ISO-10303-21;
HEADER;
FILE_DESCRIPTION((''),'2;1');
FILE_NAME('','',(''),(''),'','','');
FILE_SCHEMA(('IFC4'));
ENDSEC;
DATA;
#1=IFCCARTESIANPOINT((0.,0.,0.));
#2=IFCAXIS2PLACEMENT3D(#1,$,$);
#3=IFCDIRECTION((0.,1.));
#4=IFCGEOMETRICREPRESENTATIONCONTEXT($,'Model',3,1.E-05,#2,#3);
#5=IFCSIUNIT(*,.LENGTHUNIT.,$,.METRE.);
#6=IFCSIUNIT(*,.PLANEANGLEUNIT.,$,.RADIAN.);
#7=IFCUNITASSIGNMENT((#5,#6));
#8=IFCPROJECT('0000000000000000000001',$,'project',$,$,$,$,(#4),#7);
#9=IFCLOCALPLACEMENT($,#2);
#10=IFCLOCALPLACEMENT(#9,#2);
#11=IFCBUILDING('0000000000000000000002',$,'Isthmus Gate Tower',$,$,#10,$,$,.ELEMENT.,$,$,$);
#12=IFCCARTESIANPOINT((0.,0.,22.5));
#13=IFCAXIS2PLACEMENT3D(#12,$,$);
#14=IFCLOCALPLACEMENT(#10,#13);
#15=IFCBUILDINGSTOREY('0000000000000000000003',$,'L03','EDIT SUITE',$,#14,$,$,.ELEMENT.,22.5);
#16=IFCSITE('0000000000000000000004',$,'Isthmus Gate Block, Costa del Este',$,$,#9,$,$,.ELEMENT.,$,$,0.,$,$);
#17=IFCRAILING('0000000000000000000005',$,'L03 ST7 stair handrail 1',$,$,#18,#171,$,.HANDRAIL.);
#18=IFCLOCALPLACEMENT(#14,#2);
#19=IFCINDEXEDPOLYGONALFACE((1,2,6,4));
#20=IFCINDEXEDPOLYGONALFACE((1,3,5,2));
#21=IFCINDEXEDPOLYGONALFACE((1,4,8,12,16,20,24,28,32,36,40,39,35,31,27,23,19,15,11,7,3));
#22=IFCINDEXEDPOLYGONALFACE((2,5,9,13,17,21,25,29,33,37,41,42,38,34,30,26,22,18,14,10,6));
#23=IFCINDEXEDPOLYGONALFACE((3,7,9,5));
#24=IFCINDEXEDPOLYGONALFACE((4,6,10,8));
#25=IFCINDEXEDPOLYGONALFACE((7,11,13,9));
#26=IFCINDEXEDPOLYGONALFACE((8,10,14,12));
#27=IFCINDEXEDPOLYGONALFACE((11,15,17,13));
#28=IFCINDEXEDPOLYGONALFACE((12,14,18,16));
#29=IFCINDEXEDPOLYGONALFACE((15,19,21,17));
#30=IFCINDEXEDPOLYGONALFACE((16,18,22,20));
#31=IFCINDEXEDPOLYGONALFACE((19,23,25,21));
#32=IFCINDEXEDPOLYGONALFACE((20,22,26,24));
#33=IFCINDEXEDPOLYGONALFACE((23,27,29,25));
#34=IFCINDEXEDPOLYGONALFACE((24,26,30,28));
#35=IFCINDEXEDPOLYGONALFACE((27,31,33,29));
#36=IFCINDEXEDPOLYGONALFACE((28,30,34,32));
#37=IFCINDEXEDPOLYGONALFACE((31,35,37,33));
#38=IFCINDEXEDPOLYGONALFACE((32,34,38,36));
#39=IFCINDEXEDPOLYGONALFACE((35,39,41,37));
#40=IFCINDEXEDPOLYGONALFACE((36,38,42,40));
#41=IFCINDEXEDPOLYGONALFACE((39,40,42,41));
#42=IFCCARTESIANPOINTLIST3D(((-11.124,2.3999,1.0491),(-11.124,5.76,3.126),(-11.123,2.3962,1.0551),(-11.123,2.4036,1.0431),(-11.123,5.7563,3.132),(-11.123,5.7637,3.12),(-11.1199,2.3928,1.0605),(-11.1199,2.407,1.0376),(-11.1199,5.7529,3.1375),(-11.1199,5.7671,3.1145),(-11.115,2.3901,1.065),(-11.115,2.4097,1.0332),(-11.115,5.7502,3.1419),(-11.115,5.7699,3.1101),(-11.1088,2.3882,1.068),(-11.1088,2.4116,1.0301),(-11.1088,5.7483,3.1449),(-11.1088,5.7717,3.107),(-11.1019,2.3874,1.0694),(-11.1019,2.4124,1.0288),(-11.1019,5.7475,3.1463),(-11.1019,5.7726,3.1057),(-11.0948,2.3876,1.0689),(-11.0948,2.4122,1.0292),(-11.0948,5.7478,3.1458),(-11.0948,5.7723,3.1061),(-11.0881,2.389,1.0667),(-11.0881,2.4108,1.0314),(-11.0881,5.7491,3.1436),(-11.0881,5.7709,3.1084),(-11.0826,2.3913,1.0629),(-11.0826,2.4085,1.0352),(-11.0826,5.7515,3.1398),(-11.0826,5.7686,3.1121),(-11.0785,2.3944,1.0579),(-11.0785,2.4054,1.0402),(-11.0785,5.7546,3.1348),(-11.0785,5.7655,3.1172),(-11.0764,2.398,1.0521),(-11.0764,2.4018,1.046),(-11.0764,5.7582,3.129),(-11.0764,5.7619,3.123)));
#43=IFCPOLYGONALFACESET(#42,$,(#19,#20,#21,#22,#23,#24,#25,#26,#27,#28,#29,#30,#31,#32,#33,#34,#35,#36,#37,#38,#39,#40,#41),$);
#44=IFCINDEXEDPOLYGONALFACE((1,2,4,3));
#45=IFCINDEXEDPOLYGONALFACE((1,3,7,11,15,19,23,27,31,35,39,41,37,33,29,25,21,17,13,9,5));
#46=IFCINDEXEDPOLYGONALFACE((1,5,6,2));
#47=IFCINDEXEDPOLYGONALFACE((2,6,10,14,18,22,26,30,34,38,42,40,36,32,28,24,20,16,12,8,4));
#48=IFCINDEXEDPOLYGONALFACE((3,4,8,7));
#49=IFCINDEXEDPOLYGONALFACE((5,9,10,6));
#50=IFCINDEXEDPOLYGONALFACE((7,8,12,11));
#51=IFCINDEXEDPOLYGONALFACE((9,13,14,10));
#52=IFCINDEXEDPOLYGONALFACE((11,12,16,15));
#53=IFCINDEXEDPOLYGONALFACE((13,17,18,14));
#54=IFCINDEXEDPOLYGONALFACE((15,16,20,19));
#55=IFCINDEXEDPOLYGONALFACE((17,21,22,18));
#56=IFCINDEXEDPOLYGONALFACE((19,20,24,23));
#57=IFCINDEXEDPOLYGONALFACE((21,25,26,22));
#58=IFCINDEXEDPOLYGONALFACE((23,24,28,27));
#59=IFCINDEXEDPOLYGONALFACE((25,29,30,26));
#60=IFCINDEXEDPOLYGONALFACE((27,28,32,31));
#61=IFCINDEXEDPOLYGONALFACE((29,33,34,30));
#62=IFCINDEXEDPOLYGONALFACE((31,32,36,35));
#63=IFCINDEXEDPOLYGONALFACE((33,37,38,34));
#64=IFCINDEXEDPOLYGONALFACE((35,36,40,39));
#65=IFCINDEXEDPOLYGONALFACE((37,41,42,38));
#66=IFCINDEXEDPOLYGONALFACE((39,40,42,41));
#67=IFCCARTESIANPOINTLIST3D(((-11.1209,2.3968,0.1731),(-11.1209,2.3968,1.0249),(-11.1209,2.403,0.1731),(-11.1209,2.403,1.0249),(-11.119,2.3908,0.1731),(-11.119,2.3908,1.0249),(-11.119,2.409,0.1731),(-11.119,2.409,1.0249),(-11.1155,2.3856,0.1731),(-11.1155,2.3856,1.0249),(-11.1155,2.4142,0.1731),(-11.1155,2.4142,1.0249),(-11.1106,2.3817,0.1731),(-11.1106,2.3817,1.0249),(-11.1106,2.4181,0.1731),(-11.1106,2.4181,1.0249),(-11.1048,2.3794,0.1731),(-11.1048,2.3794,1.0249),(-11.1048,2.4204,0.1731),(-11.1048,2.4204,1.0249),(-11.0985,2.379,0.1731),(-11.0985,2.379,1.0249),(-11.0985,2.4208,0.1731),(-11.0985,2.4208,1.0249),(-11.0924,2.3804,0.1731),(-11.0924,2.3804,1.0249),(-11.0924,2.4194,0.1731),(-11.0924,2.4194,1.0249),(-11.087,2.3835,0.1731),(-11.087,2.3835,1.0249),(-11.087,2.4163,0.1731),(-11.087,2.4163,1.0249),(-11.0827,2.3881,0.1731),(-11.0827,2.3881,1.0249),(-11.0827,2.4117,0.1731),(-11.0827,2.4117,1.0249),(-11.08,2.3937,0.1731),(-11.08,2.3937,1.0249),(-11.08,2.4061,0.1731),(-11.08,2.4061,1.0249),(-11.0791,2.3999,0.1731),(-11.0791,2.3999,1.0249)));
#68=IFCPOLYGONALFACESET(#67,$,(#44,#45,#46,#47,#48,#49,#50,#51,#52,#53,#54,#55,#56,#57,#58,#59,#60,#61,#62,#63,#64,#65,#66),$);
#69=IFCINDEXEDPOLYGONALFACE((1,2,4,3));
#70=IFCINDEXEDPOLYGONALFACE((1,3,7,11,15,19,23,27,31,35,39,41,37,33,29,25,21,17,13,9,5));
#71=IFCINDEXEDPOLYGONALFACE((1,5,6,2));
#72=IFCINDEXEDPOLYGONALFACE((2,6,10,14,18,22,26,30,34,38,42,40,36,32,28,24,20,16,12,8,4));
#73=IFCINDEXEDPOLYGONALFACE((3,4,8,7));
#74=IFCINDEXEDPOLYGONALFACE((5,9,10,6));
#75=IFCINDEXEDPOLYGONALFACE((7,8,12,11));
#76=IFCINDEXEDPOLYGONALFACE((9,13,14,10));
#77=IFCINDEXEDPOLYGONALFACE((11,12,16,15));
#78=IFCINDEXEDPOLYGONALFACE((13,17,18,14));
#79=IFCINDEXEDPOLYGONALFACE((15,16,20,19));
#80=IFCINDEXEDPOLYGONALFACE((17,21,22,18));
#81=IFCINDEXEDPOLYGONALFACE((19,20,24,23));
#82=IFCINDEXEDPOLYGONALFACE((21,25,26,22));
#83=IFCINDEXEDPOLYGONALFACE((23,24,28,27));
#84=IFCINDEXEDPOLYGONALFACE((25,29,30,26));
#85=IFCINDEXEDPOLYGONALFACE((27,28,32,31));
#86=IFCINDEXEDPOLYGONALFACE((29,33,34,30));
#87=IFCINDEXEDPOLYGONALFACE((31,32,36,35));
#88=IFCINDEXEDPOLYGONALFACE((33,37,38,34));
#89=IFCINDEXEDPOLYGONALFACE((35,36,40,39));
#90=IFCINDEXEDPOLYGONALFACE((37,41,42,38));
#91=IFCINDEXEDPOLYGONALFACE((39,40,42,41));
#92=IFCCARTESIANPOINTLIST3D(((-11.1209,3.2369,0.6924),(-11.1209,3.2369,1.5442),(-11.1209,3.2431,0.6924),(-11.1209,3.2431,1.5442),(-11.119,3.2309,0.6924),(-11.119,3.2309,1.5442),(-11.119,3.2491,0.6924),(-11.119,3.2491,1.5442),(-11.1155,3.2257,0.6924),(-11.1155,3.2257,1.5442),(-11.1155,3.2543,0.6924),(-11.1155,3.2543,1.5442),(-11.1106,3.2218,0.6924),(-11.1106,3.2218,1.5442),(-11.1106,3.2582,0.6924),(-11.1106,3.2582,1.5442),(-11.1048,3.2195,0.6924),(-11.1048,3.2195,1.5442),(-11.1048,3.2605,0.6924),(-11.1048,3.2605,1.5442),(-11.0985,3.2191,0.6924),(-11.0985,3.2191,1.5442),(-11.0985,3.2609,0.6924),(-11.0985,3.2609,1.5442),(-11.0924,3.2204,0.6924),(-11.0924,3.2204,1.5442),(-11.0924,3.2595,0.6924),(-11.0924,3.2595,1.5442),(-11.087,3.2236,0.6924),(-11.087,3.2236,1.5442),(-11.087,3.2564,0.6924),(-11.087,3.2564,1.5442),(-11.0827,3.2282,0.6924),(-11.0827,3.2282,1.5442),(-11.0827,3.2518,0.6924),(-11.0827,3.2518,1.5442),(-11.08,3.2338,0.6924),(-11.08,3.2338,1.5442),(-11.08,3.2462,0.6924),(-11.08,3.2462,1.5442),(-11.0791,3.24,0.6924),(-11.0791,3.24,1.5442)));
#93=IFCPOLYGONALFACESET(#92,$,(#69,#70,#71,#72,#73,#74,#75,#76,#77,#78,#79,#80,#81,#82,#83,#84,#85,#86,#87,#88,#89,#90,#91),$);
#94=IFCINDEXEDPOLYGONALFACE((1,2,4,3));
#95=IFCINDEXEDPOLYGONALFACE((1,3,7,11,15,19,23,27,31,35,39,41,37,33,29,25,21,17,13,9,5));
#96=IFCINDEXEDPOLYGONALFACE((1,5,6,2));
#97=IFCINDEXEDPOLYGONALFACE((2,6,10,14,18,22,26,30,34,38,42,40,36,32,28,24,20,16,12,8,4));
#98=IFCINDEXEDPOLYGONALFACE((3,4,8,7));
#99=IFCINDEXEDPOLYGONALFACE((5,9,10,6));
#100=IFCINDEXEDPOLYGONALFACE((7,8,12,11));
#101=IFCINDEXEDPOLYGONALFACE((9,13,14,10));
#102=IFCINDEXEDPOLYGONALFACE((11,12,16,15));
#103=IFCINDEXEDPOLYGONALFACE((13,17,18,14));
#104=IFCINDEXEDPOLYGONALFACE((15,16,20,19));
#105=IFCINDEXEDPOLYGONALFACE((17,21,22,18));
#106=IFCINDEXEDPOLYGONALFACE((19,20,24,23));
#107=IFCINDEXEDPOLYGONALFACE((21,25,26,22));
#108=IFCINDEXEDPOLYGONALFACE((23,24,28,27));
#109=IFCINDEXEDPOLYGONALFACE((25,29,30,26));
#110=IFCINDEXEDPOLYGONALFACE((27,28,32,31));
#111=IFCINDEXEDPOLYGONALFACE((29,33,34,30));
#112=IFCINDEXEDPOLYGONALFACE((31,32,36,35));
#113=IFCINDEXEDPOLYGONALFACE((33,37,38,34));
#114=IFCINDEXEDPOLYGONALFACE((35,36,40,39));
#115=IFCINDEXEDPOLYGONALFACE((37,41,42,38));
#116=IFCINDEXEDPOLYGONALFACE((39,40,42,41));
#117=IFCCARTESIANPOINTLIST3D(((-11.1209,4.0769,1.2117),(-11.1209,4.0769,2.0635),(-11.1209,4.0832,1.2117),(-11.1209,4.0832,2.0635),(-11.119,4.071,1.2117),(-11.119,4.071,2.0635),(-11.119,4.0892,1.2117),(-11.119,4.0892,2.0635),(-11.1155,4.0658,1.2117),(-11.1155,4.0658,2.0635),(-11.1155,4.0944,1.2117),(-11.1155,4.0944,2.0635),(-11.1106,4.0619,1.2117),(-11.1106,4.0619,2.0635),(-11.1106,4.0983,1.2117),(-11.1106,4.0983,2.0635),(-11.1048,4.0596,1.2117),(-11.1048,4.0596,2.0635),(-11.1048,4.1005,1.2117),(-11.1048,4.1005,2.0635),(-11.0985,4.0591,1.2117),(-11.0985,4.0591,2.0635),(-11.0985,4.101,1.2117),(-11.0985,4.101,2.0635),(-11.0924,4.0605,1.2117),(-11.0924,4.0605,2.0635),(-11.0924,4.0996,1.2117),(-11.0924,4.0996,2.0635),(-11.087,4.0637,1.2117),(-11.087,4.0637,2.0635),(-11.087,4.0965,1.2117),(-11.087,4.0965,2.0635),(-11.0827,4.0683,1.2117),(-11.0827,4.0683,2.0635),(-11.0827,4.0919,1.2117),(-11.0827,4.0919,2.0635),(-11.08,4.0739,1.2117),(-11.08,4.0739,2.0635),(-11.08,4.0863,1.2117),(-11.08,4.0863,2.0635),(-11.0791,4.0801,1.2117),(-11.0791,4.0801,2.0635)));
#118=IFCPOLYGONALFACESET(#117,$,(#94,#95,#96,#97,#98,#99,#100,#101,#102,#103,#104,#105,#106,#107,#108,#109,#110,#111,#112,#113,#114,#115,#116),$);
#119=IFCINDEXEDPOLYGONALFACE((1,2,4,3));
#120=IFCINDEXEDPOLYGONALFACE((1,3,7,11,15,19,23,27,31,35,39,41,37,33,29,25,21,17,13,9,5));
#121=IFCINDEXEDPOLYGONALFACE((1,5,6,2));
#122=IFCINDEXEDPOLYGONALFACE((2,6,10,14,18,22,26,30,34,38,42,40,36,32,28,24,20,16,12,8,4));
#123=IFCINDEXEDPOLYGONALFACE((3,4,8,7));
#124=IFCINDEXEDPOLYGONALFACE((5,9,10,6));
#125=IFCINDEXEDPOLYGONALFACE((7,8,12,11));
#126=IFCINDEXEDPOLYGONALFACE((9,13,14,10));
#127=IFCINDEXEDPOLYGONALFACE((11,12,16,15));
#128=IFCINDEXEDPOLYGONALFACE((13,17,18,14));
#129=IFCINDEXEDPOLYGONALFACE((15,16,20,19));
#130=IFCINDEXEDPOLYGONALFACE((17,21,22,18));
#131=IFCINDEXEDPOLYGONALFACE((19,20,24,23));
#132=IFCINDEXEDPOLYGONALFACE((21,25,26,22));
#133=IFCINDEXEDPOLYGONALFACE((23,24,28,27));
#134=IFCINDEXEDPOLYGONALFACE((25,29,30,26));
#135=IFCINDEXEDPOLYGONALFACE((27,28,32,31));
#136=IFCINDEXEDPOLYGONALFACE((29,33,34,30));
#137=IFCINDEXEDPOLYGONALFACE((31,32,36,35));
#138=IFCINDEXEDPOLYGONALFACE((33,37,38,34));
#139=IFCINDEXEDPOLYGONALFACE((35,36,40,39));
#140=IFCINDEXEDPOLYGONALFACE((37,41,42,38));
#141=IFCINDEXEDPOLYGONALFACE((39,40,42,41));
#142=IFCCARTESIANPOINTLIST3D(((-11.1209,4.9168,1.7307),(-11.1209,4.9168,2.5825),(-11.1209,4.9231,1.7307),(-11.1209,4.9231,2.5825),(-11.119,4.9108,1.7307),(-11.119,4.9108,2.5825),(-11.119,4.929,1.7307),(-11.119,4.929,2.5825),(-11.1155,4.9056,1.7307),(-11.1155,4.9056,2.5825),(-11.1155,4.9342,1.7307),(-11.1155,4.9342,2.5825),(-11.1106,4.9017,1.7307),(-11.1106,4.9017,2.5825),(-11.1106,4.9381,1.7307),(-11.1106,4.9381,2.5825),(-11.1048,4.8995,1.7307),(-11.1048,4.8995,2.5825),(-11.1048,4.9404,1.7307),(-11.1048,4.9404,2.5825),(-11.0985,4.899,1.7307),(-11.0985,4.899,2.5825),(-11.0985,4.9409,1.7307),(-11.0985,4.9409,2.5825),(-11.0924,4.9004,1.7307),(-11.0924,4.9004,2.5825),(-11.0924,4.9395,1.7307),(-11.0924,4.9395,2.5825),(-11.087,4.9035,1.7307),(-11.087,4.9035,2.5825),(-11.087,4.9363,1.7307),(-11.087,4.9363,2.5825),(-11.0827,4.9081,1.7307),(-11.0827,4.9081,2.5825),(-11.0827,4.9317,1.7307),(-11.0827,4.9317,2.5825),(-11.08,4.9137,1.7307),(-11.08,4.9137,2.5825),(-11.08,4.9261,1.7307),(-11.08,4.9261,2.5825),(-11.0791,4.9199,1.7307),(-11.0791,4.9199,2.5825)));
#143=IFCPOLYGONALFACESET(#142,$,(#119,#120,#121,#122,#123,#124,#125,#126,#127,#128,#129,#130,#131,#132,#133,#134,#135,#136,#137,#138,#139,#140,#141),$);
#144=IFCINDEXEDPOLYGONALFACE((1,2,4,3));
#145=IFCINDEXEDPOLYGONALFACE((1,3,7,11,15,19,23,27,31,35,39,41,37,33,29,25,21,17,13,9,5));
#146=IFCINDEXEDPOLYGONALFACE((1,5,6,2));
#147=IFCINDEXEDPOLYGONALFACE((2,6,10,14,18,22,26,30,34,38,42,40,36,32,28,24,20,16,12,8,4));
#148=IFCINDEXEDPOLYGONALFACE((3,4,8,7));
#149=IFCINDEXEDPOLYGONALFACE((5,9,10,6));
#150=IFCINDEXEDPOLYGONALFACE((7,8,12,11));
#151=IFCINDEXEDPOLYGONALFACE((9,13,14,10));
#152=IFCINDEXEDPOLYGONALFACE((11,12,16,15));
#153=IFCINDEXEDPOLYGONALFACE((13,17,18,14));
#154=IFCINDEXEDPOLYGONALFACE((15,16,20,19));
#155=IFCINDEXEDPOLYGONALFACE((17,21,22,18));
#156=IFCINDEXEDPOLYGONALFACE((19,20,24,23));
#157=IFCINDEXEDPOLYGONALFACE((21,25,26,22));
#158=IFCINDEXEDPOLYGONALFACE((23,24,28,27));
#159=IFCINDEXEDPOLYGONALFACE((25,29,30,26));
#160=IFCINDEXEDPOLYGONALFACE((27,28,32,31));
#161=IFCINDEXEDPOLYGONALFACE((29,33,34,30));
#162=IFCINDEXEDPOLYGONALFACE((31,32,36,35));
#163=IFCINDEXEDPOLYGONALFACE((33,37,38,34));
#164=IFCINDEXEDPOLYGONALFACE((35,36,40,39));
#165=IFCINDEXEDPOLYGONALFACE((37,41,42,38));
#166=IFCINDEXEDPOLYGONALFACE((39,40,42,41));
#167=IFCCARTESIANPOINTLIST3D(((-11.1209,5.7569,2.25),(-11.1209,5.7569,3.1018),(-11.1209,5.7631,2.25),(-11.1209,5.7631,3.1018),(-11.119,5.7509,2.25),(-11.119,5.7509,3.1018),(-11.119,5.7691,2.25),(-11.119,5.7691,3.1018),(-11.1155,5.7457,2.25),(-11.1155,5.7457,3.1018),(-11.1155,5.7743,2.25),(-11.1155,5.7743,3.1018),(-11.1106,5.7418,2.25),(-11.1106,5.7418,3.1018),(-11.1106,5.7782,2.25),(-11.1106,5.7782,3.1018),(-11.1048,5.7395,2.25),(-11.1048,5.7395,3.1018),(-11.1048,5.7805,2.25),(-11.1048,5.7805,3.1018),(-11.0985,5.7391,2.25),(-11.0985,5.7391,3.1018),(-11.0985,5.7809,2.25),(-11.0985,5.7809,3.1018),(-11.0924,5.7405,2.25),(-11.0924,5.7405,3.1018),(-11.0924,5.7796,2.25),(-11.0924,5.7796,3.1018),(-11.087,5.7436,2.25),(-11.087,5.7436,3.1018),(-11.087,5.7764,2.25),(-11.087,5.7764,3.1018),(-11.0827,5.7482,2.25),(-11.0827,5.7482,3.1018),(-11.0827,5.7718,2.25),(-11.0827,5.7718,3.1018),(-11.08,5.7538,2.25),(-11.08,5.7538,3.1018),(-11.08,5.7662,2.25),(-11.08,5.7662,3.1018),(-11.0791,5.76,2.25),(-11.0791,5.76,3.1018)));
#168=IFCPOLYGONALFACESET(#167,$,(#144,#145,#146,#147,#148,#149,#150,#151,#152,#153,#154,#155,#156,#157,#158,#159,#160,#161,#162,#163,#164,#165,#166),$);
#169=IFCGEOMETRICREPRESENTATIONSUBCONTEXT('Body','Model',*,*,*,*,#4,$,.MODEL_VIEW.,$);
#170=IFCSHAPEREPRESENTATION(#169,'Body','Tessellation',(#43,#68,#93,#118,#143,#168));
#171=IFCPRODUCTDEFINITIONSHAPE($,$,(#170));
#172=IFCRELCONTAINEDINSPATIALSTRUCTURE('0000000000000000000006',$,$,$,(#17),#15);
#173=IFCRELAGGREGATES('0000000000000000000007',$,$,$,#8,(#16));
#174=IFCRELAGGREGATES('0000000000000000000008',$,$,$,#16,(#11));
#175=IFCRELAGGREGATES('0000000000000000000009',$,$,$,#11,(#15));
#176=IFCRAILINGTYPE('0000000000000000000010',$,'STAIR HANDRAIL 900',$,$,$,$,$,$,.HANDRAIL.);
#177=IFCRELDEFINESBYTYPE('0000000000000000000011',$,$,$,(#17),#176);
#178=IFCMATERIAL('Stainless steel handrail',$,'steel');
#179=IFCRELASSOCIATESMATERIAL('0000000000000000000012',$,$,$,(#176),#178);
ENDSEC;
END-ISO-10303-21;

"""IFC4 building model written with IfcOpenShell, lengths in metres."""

from ifc_helpers import new_model, si_unit, direction, frame, origin, origin_2d, place, context, subcontext, project, spatial, circle, extrude, material, type_object, element, save


model = new_model("IFC4")

# Units and contexts
model_context = context("Model", 3, precision=1e-05, world=origin(), true_north=direction((0.0, 1.0)))
body_context = subcontext(model_context, "Body", "Model", "MODEL_VIEW")
ifc_project = project(units=[si_unit("LENGTHUNIT", "METRE"), si_unit("PLANEANGLEUNIT", "RADIAN")], contexts=[model_context])

# Site, building, storey
site_placement = place(None, origin())
site = spatial("IfcSite", under=ifc_project, at=site_placement, Name="Isthmus Gate Block, Costa del Este", CompositionType="ELEMENT", RefElevation=0.0)
building_placement = place(site_placement, origin())
building = spatial("IfcBuilding", under=site, at=building_placement, Name="Isthmus Gate Tower", CompositionType="ELEMENT")
storey_placement = place(building_placement, frame((0.0, 0.0, 22.5)))
storey = spatial("IfcBuildingStorey", under=building, at=storey_placement, Name="L03", Description="EDIT SUITE", CompositionType="ELEMENT", Elevation=22.5)

# Railing
ifc_material_1 = material(Name="Stainless steel handrail", Category="steel")
railing_type_1 = type_object("IfcRailingType", Name="STAIR HANDRAIL 900", PredefinedType="HANDRAIL", material=ifc_material_1)
railing_1_placement = place(storey_placement, frame((-11.1001, 2.3999, 0.1731)))
element("IfcRailing", 1, at=railing_1_placement, inside=storey, type_object=railing_type_1, Name="L03 ST7 stair handrail 1", PredefinedType="HANDRAIL", context=body_context, shape_type="SweptSolid", body=[
    extrude(circle(Radius=0.0239, at=origin_2d()), frame((0.0, 0.0, 0.876), z_axis=(0.0, 0.850623, 0.525776), x_axis=(-1.0, 0.0, 0.0)), (0.0, 0.0, 1.0), 3.9502),
    extrude(circle(Radius=0.021, at=origin_2d()), origin(), (0.0, 0.0, 1.0), 0.8518),
    extrude(circle(Radius=0.021, at=origin_2d()), frame((0.0, 0.8401, 0.5193)), (0.0, 0.0, 1.0), 0.8518),
    extrude(circle(Radius=0.021, at=origin_2d()), frame((0.0, 1.6802, 1.0386)), (0.0, 0.0, 1.0), 0.8518),
    extrude(circle(Radius=0.021, at=origin_2d()), frame((0.0, 2.52, 1.5576)), (0.0, 0.0, 1.0), 0.8518),
    extrude(circle(Radius=0.021, at=origin_2d()), frame((0.0, 3.3601, 2.0769)), (0.0, 0.0, 1.0), 0.8518),
])

save(model, "model.ifc")
